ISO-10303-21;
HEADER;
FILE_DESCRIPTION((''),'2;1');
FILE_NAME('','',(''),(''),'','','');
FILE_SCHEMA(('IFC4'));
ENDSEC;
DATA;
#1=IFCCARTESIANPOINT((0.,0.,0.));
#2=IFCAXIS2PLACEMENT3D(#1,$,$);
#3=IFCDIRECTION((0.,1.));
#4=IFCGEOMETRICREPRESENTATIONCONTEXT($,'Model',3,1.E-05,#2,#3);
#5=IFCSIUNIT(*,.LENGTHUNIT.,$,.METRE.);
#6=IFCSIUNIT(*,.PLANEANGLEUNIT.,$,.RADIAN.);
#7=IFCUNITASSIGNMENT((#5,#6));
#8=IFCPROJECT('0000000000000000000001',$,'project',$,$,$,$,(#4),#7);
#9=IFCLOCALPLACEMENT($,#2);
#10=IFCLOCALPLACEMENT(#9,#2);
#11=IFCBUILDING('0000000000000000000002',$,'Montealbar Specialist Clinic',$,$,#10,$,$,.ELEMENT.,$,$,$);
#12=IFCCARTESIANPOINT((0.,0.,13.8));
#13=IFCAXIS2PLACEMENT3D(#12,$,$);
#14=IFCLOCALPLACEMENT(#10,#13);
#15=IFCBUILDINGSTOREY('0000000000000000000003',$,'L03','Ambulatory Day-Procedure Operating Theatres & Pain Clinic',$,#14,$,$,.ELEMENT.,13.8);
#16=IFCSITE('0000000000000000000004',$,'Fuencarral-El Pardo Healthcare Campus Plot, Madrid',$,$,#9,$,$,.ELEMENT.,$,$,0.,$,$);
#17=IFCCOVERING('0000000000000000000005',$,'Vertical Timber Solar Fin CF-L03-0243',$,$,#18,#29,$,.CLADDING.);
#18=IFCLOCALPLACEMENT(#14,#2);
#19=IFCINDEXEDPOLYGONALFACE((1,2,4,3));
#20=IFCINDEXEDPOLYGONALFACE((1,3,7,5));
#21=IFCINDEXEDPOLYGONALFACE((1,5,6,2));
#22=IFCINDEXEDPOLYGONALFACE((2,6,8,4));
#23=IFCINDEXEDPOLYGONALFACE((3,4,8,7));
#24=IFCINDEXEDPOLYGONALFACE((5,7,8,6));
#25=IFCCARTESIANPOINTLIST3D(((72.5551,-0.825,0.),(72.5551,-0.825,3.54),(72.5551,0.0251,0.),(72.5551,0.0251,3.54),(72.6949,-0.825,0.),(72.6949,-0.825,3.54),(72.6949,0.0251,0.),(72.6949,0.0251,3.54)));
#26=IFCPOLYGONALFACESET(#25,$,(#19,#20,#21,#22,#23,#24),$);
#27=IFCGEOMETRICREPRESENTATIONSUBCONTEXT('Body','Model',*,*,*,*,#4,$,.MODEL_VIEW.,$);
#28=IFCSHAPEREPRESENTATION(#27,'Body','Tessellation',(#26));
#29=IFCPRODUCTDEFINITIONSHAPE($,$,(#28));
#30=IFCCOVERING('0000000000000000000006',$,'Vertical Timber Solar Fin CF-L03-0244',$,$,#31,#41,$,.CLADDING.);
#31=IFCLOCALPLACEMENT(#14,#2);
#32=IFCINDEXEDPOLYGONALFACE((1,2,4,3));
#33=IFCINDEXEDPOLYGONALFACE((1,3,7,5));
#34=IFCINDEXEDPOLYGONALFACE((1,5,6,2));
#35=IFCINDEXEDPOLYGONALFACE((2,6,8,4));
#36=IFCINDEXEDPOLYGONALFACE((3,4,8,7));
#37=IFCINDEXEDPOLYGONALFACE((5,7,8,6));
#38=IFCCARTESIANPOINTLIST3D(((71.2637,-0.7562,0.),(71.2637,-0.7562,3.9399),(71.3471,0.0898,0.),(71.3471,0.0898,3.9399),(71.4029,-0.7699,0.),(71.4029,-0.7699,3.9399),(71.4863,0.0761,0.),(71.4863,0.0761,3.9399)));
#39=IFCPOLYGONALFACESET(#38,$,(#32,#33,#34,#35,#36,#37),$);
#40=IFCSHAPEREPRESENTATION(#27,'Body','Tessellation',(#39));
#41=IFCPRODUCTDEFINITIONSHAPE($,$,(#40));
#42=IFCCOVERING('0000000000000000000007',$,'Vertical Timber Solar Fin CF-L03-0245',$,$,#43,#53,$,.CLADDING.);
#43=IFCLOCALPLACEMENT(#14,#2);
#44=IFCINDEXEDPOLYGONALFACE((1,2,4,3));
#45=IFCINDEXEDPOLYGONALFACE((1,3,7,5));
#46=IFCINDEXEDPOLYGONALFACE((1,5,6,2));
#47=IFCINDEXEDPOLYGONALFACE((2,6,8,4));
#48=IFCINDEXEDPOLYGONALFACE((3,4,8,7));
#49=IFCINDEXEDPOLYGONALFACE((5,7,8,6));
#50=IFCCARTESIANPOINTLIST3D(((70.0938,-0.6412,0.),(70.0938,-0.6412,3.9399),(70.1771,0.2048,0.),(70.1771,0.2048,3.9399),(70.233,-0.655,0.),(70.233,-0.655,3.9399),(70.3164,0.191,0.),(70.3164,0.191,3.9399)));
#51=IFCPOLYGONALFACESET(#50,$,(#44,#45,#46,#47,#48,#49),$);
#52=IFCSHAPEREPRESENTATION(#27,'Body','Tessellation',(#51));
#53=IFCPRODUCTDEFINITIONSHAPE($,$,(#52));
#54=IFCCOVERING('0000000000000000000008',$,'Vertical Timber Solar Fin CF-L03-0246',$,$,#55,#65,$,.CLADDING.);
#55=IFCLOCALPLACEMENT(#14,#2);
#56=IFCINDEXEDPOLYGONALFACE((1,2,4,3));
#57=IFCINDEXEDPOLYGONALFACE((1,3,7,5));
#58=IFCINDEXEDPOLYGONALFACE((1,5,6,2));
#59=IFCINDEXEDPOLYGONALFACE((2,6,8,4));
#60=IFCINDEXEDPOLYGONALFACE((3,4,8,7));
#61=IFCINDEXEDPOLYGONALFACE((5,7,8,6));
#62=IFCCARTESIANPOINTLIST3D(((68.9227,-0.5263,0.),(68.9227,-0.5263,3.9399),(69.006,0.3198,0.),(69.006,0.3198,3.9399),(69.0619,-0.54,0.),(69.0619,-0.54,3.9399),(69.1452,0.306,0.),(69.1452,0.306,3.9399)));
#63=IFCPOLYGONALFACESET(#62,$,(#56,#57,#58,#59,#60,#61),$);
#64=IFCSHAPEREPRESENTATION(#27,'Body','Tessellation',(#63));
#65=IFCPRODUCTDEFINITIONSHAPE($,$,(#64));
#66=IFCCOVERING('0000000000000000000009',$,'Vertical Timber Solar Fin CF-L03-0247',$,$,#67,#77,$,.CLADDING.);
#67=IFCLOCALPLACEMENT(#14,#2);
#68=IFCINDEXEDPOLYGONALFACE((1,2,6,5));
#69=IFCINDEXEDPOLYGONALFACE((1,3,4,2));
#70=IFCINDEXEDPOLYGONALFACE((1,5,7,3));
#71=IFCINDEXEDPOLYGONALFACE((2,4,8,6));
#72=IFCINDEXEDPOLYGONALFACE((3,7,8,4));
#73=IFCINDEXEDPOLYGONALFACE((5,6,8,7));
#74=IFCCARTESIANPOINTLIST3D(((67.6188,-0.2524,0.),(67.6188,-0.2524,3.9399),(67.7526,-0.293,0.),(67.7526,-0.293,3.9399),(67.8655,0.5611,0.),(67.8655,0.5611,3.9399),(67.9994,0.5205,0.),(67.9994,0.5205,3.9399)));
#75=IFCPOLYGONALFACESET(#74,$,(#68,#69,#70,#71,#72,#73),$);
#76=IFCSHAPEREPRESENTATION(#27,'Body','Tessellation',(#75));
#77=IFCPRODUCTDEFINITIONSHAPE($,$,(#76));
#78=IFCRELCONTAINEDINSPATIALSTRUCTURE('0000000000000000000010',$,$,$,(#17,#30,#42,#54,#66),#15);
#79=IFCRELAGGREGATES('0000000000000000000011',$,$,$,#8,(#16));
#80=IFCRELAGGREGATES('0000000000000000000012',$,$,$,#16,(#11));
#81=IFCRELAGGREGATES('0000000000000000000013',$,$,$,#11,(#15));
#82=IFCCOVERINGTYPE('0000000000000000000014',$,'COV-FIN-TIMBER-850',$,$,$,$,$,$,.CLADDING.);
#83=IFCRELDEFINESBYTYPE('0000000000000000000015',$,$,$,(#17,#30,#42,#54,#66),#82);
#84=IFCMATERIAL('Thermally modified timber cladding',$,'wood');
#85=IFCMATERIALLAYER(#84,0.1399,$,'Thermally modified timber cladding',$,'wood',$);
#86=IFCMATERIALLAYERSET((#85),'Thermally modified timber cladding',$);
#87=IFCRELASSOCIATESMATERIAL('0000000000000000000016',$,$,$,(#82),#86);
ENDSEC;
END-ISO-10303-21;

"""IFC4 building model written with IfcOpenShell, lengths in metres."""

from ifc_helpers import new_model, si_unit, direction, frame, origin, origin_2d, place, context, subcontext, project, spatial, rectangle, extrude, material, layer, layer_set, type_object, element, save


model = new_model("IFC4")

# Units and contexts
model_context = context("Model", 3, precision=1e-05, world=origin(), true_north=direction((0.0, 1.0)))
body_context = subcontext(model_context, "Body", "Model", "MODEL_VIEW")
ifc_project = project(units=[si_unit("LENGTHUNIT", "METRE"), si_unit("PLANEANGLEUNIT", "RADIAN")], contexts=[model_context])

# Site, building, storey
site_placement = place(None, origin())
site = spatial("IfcSite", under=ifc_project, at=site_placement, Name="Fuencarral-El Pardo Healthcare Campus Plot, Madrid", CompositionType="ELEMENT", RefElevation=0.0)
building_placement = place(site_placement, origin())
building = spatial("IfcBuilding", under=site, at=building_placement, Name="Montealbar Specialist Clinic", CompositionType="ELEMENT")
storey_placement = place(building_placement, frame((0.0, 0.0, 13.8)))
storey = spatial("IfcBuildingStorey", under=building, at=storey_placement, Name="L03", Description="Ambulatory Day-Procedure Operating Theatres & Pain Clinic", CompositionType="ELEMENT", Elevation=13.8)

# Coverings
ifc_material_1 = material(Name="Thermally modified timber cladding", Category="wood")
ifc_layer_1 = layer(ifc_material_1, 0.1399, Name="Thermally modified timber cladding", Category="wood")
ifc_layer_set_1 = layer_set([ifc_layer_1], Name="Thermally modified timber cladding")
covering_type = type_object("IfcCoveringType", Name="COV-FIN-TIMBER-850", PredefinedType="CLADDING", material=ifc_layer_set_1)
for number, where, z_axis, x_axis, name in (
    (1, (72.625, -0.3999, 0.0), (0.0, 0.0, 1.0), (0.0, -1.0, 0.0), "Vertical Timber Solar Fin CF-L03-0243"),
):
    element("IfcCovering", number, at=place(storey_placement, frame(where, z_axis=z_axis, x_axis=x_axis)), inside=storey, type_object=covering_type, Name=name, PredefinedType="CLADDING", context=body_context, shape_type="SweptSolid", body=[
        extrude(rectangle(XDim=0.8501, YDim=0.1399, at=origin_2d()), origin(), (0.0, 0.0, 1.0), 3.54),
    ])
for number, where, z_axis, x_axis, name in (
    (2, (71.375, -0.3401, 0.0), (0.0, 0.0, 1.0), (-0.098045, -0.995182, 0.0), "Vertical Timber Solar Fin CF-L03-0244"),
    (3, (70.2051, -0.2251, 0.0), (0.0, 0.0, 1.0), (-0.098045, -0.995182, 0.0), "Vertical Timber Solar Fin CF-L03-0245"),
    (4, (69.0339, -0.1101, 0.0), (0.0, 0.0, 1.0), (-0.098045, -0.995182, 0.0), "Vertical Timber Solar Fin CF-L03-0246"),
    (5, (67.8091, 0.134, 0.0), (0.0, 0.0, 1.0), (-0.290259, -0.956948, 0.0), "Vertical Timber Solar Fin CF-L03-0247"),
):
    element("IfcCovering", number, at=place(storey_placement, frame(where, z_axis=z_axis, x_axis=x_axis)), inside=storey, type_object=covering_type, Name=name, PredefinedType="CLADDING", context=body_context, shape_type="SweptSolid", body=[
        extrude(rectangle(XDim=0.8501, YDim=0.1399, at=origin_2d()), origin(), (0.0, 0.0, 1.0), 3.9399),
    ])

save(model, "model.ifc")
